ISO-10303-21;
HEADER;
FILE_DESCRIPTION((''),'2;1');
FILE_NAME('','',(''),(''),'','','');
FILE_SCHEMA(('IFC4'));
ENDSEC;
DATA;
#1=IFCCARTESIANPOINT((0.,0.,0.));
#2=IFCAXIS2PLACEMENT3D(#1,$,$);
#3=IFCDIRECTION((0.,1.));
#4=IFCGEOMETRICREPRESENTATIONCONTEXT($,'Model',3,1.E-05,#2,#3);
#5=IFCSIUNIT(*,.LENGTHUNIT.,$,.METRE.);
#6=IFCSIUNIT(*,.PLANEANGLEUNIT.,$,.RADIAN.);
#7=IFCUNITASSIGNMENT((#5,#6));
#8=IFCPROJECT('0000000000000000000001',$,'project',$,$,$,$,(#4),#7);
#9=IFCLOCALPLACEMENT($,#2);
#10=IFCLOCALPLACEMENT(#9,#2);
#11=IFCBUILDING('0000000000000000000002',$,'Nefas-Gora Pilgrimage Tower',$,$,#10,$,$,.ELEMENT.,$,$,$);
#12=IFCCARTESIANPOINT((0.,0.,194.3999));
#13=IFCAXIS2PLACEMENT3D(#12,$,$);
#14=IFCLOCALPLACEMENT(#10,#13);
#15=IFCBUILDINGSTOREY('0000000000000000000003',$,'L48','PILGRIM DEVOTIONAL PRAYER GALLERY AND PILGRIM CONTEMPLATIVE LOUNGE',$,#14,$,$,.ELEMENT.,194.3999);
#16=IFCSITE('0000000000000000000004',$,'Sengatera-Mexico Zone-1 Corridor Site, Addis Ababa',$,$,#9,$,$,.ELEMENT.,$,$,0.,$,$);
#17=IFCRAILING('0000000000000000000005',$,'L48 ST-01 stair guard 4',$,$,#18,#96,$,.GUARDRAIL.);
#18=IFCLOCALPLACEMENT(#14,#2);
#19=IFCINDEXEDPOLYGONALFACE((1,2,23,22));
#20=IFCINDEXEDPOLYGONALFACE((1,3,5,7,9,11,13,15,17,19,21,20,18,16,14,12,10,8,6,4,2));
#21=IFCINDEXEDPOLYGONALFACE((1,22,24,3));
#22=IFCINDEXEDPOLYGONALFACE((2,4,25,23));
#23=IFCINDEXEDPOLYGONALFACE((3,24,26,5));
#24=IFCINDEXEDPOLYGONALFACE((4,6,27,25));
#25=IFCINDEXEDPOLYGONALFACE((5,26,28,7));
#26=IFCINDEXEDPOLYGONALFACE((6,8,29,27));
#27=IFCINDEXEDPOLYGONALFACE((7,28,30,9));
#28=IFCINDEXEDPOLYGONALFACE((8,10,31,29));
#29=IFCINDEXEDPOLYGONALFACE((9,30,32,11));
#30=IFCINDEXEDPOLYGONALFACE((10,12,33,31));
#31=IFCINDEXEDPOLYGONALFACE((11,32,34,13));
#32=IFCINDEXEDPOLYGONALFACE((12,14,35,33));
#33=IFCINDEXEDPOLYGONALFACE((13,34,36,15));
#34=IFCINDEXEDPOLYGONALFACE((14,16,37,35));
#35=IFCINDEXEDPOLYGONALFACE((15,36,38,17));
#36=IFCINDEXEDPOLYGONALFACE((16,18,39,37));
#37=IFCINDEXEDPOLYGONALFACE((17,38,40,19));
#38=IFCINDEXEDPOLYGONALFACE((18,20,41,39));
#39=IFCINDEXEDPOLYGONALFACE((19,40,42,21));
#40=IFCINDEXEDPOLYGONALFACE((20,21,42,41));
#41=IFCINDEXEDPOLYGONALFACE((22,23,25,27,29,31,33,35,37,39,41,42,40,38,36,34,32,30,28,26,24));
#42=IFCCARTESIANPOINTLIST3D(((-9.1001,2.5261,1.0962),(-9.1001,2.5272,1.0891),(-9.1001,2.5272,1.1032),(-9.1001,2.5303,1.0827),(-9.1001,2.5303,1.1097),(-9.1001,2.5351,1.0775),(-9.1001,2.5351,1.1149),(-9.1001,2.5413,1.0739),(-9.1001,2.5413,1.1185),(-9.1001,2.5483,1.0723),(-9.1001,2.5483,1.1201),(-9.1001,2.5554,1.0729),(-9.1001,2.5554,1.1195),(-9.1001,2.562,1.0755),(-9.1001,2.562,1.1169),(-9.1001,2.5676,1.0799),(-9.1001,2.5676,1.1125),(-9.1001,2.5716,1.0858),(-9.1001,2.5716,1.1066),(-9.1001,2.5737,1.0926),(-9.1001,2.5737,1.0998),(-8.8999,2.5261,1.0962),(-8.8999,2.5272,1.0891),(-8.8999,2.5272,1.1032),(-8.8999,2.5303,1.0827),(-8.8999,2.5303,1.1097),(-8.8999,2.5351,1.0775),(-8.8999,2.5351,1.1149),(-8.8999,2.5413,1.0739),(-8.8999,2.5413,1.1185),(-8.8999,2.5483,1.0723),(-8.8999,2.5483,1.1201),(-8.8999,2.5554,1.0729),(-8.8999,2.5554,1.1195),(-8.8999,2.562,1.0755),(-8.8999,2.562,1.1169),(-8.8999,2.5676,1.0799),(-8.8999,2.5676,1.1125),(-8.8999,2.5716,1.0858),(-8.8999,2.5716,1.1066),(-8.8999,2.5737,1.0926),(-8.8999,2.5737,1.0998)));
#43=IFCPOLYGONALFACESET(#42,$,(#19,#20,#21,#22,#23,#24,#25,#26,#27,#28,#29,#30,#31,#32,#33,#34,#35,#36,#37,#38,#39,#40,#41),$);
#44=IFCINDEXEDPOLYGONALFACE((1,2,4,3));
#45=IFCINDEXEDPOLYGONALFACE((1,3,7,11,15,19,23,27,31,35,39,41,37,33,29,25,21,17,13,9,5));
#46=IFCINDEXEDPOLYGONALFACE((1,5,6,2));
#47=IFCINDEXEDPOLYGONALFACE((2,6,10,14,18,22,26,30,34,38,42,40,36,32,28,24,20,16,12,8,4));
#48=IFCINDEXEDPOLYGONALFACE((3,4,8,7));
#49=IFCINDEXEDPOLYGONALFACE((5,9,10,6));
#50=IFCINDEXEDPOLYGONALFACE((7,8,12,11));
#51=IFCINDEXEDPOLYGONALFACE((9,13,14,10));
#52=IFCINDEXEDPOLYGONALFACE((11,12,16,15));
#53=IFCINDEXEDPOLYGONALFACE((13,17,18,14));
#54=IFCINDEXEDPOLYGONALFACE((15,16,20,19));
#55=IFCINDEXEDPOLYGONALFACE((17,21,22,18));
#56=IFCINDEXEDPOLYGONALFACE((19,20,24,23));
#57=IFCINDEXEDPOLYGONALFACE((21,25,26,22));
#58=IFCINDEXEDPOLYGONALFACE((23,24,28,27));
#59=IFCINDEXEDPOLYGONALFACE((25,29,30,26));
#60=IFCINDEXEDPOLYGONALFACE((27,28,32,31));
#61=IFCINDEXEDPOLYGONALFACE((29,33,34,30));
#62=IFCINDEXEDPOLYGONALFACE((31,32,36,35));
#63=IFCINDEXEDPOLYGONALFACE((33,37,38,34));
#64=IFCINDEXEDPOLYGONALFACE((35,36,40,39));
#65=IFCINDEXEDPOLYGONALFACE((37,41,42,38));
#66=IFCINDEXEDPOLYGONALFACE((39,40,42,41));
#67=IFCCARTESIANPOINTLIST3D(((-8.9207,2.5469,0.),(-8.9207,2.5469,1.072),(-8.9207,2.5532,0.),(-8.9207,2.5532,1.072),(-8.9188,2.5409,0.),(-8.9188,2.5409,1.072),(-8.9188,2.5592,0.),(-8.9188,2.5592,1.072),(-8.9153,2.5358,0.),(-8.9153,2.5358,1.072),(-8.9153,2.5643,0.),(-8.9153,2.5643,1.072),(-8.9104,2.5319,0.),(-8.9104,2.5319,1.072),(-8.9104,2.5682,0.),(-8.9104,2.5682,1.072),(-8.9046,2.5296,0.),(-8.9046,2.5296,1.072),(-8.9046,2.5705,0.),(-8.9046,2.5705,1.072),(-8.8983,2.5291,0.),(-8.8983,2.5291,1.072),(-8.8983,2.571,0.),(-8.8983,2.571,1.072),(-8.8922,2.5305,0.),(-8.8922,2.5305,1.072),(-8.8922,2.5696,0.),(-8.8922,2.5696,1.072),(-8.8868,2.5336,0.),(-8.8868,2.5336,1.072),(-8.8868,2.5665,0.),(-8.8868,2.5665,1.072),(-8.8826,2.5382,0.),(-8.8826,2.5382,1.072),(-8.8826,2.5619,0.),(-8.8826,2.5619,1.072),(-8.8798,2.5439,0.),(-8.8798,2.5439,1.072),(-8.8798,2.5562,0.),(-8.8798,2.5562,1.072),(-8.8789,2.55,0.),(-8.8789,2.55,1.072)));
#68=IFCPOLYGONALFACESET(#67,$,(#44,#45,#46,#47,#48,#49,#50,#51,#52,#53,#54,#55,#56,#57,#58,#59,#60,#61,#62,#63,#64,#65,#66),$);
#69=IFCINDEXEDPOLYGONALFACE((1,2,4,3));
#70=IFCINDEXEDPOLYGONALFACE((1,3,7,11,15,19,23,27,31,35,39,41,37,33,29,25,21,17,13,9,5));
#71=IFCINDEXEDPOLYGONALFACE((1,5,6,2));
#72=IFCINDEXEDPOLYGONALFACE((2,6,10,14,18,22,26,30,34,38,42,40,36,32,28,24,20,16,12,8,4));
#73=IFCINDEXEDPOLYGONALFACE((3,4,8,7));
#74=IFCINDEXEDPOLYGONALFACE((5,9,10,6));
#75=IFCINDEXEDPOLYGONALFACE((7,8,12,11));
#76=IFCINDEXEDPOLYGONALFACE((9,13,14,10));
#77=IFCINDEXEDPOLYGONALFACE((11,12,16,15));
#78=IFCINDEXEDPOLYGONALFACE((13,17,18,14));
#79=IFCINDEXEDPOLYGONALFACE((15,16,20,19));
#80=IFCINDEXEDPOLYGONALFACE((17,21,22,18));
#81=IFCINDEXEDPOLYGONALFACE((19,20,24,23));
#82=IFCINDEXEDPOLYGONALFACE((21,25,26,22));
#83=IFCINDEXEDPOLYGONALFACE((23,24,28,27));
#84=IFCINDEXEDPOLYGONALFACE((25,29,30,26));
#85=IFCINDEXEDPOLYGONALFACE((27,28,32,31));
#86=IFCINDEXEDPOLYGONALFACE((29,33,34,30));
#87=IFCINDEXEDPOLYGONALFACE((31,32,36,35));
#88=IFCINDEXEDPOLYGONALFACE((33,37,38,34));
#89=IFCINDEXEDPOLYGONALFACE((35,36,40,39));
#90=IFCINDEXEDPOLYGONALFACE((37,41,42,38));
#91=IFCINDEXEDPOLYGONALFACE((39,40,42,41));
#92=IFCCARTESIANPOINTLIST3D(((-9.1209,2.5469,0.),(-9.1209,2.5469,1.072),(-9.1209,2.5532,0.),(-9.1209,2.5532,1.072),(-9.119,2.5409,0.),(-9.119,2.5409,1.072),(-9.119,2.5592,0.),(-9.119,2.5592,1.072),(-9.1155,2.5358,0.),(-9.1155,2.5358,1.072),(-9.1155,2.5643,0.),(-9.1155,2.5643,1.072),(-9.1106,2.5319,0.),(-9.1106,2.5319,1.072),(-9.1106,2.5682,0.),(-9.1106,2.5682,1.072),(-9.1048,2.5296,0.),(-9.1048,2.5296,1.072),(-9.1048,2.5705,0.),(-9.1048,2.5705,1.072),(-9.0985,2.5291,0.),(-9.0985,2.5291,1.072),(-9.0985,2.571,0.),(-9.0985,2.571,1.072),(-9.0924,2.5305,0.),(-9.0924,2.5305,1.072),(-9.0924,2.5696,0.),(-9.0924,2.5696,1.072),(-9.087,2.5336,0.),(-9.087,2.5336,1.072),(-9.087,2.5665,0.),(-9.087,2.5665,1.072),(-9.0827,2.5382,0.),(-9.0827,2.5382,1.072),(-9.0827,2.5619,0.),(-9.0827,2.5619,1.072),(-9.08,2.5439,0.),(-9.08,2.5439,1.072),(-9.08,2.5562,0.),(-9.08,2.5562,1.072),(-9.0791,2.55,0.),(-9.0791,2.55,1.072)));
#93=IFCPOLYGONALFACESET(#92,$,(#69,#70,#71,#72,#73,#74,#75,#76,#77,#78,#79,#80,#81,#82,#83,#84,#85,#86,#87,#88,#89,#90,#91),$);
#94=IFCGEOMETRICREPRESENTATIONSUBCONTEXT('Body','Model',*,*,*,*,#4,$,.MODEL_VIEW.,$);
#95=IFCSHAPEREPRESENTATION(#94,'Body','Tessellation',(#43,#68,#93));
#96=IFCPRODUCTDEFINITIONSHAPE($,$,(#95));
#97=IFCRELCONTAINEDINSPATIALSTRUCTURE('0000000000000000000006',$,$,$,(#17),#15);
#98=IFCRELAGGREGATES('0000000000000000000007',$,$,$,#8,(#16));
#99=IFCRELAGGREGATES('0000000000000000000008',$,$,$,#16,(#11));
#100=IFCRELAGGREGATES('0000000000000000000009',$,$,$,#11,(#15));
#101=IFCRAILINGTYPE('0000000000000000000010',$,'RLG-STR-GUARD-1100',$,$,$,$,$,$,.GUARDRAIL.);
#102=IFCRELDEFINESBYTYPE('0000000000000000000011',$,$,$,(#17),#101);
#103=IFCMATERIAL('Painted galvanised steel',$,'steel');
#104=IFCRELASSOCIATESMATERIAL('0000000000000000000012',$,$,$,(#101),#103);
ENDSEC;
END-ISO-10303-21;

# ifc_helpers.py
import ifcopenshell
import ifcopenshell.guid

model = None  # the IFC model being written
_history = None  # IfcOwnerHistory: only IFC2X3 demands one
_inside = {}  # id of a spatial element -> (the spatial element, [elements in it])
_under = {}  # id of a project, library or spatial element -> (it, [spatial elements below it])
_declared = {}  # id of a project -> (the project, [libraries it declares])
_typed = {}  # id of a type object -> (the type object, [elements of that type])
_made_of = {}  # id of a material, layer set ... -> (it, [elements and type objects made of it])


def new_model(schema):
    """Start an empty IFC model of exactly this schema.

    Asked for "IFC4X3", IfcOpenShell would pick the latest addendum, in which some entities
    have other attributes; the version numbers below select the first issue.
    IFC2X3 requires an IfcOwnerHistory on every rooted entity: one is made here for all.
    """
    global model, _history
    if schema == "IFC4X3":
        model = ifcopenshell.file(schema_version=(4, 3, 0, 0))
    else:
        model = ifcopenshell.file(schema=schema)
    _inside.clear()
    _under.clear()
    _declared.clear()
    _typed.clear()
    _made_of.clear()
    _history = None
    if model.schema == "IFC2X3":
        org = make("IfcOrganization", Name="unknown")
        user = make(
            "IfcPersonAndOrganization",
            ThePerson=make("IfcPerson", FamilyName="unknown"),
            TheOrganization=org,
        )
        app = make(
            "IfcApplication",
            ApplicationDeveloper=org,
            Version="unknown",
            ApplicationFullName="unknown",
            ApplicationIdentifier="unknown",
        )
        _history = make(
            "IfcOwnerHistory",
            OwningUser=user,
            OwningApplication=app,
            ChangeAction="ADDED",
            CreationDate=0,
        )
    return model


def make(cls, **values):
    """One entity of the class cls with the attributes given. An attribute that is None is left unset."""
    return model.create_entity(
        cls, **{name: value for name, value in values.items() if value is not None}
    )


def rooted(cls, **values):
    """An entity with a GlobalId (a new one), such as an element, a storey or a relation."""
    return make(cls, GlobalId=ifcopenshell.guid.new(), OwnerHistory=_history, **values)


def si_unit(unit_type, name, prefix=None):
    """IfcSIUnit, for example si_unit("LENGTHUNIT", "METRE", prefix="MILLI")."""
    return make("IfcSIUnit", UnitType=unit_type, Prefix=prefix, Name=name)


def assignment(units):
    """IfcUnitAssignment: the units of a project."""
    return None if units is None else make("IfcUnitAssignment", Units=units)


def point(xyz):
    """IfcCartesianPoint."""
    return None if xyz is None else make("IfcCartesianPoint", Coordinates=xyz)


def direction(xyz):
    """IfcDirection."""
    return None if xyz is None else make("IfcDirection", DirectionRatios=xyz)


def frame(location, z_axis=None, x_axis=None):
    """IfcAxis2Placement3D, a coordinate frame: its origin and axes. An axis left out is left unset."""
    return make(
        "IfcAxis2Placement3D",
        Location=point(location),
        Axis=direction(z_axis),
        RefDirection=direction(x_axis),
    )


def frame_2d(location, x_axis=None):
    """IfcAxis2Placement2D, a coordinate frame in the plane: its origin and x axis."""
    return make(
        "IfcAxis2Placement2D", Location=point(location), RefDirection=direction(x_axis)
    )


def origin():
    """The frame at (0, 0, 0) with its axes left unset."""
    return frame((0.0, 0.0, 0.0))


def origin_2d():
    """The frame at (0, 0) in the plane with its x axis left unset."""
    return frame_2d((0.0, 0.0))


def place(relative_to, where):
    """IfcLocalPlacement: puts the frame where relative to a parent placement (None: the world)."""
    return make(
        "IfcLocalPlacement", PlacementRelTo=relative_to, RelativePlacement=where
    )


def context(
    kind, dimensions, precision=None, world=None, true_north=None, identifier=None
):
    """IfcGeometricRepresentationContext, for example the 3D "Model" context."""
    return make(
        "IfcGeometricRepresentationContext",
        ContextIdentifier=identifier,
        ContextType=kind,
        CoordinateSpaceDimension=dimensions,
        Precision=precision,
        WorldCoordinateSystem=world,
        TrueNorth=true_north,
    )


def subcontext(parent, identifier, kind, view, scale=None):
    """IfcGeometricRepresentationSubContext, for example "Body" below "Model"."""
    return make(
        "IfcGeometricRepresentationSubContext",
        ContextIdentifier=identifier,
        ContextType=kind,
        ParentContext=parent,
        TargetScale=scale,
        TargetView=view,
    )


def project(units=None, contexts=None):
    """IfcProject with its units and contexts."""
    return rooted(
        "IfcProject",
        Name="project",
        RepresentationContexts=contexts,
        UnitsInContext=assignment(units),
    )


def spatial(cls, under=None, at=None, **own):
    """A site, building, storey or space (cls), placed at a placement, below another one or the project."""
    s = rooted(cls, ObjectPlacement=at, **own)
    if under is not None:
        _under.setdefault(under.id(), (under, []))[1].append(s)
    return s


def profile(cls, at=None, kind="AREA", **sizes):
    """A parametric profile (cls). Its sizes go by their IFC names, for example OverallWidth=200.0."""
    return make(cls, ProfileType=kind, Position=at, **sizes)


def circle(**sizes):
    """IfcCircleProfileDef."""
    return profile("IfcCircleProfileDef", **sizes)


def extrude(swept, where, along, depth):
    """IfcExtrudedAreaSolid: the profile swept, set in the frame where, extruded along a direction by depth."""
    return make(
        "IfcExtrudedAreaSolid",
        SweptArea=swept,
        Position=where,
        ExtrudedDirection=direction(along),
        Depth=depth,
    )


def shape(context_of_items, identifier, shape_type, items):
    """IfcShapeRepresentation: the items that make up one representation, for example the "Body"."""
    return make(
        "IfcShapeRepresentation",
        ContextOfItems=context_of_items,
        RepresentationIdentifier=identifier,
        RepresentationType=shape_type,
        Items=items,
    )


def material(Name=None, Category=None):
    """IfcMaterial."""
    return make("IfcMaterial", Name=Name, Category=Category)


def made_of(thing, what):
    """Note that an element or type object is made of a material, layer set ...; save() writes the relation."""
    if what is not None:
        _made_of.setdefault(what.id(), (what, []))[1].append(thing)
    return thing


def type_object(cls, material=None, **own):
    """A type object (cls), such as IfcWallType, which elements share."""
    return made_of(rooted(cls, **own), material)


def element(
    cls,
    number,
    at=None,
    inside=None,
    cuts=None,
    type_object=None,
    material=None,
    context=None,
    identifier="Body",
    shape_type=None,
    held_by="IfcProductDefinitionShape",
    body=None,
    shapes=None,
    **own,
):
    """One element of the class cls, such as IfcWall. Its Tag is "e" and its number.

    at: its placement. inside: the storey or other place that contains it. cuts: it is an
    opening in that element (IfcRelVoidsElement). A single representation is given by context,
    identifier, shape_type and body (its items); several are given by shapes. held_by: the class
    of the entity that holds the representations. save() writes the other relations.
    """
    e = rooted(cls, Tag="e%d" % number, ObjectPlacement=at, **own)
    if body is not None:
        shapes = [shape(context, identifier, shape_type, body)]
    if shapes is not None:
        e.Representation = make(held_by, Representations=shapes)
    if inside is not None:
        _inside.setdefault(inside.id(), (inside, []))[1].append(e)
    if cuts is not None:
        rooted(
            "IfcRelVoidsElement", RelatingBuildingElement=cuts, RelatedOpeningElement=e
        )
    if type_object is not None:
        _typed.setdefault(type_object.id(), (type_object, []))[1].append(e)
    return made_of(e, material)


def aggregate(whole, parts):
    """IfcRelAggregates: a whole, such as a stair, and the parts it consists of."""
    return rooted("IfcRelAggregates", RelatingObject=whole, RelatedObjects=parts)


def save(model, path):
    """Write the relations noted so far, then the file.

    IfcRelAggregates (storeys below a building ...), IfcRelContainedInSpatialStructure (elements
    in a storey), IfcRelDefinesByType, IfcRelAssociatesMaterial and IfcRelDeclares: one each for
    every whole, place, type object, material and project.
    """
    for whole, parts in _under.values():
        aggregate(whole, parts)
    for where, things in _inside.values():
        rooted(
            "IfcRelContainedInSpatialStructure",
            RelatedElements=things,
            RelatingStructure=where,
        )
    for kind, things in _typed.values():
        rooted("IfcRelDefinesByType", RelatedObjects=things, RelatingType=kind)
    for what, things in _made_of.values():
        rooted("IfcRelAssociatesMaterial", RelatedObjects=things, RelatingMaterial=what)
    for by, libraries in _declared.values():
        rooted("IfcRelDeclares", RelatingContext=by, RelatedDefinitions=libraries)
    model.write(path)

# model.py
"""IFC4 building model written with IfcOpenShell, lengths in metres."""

from ifc_helpers import new_model, si_unit, direction, frame, origin, origin_2d, place, context, subcontext, project, spatial, circle, extrude, material, type_object, element, save


model = new_model("IFC4")

# Units and contexts
model_context = context("Model", 3, precision=1e-05, world=origin(), true_north=direction((0.0, 1.0)))
body_context = subcontext(model_context, "Body", "Model", "MODEL_VIEW")
ifc_project = project(units=[si_unit("LENGTHUNIT", "METRE"), si_unit("PLANEANGLEUNIT", "RADIAN")], contexts=[model_context])

# Site, building, storey
site_placement = place(None, origin())
site = spatial("IfcSite", under=ifc_project, at=site_placement, Name="Sengatera-Mexico Zone-1 Corridor Site, Addis Ababa", CompositionType="ELEMENT", RefElevation=0.0)
building_placement = place(site_placement, origin())
building = spatial("IfcBuilding", under=site, at=building_placement, Name="Nefas-Gora Pilgrimage Tower", CompositionType="ELEMENT")
storey_placement = place(building_placement, frame((0.0, 0.0, 194.3999)))
storey = spatial("IfcBuildingStorey", under=building, at=storey_placement, Name="L48", Description="PILGRIM DEVOTIONAL PRAYER GALLERY AND PILGRIM CONTEMPLATIVE LOUNGE", CompositionType="ELEMENT", Elevation=194.3999)

# Railing
ifc_material_1 = material(Name="Painted galvanised steel", Category="steel")
railing_type_1 = type_object("IfcRailingType", Name="RLG-STR-GUARD-1100", PredefinedType="GUARDRAIL", material=ifc_material_1)
railing_1_placement = place(storey_placement, frame((-8.8999, 2.55, 0.0)))
element("IfcRailing", 1, at=railing_1_placement, inside=storey, type_object=railing_type_1, Name="L48 ST-01 stair guard 4", PredefinedType="GUARDRAIL", context=body_context, shape_type="SweptSolid", body=[
    extrude(circle(Radius=0.0239, at=origin_2d()), frame((0.0, 0.0, 1.0962), z_axis=(-1.0, 0.0, 0.0), x_axis=(0.0, -1.0, 0.0)), (0.0, 0.0, 1.0), 0.2002),
    extrude(circle(Radius=0.021, at=origin_2d()), origin(), (0.0, 0.0, 1.0), 1.072),
    extrude(circle(Radius=0.021, at=origin_2d()), frame((-0.2002, 0.0, 0.0)), (0.0, 0.0, 1.0), 1.072),
])

save(model, "model.ifc")
